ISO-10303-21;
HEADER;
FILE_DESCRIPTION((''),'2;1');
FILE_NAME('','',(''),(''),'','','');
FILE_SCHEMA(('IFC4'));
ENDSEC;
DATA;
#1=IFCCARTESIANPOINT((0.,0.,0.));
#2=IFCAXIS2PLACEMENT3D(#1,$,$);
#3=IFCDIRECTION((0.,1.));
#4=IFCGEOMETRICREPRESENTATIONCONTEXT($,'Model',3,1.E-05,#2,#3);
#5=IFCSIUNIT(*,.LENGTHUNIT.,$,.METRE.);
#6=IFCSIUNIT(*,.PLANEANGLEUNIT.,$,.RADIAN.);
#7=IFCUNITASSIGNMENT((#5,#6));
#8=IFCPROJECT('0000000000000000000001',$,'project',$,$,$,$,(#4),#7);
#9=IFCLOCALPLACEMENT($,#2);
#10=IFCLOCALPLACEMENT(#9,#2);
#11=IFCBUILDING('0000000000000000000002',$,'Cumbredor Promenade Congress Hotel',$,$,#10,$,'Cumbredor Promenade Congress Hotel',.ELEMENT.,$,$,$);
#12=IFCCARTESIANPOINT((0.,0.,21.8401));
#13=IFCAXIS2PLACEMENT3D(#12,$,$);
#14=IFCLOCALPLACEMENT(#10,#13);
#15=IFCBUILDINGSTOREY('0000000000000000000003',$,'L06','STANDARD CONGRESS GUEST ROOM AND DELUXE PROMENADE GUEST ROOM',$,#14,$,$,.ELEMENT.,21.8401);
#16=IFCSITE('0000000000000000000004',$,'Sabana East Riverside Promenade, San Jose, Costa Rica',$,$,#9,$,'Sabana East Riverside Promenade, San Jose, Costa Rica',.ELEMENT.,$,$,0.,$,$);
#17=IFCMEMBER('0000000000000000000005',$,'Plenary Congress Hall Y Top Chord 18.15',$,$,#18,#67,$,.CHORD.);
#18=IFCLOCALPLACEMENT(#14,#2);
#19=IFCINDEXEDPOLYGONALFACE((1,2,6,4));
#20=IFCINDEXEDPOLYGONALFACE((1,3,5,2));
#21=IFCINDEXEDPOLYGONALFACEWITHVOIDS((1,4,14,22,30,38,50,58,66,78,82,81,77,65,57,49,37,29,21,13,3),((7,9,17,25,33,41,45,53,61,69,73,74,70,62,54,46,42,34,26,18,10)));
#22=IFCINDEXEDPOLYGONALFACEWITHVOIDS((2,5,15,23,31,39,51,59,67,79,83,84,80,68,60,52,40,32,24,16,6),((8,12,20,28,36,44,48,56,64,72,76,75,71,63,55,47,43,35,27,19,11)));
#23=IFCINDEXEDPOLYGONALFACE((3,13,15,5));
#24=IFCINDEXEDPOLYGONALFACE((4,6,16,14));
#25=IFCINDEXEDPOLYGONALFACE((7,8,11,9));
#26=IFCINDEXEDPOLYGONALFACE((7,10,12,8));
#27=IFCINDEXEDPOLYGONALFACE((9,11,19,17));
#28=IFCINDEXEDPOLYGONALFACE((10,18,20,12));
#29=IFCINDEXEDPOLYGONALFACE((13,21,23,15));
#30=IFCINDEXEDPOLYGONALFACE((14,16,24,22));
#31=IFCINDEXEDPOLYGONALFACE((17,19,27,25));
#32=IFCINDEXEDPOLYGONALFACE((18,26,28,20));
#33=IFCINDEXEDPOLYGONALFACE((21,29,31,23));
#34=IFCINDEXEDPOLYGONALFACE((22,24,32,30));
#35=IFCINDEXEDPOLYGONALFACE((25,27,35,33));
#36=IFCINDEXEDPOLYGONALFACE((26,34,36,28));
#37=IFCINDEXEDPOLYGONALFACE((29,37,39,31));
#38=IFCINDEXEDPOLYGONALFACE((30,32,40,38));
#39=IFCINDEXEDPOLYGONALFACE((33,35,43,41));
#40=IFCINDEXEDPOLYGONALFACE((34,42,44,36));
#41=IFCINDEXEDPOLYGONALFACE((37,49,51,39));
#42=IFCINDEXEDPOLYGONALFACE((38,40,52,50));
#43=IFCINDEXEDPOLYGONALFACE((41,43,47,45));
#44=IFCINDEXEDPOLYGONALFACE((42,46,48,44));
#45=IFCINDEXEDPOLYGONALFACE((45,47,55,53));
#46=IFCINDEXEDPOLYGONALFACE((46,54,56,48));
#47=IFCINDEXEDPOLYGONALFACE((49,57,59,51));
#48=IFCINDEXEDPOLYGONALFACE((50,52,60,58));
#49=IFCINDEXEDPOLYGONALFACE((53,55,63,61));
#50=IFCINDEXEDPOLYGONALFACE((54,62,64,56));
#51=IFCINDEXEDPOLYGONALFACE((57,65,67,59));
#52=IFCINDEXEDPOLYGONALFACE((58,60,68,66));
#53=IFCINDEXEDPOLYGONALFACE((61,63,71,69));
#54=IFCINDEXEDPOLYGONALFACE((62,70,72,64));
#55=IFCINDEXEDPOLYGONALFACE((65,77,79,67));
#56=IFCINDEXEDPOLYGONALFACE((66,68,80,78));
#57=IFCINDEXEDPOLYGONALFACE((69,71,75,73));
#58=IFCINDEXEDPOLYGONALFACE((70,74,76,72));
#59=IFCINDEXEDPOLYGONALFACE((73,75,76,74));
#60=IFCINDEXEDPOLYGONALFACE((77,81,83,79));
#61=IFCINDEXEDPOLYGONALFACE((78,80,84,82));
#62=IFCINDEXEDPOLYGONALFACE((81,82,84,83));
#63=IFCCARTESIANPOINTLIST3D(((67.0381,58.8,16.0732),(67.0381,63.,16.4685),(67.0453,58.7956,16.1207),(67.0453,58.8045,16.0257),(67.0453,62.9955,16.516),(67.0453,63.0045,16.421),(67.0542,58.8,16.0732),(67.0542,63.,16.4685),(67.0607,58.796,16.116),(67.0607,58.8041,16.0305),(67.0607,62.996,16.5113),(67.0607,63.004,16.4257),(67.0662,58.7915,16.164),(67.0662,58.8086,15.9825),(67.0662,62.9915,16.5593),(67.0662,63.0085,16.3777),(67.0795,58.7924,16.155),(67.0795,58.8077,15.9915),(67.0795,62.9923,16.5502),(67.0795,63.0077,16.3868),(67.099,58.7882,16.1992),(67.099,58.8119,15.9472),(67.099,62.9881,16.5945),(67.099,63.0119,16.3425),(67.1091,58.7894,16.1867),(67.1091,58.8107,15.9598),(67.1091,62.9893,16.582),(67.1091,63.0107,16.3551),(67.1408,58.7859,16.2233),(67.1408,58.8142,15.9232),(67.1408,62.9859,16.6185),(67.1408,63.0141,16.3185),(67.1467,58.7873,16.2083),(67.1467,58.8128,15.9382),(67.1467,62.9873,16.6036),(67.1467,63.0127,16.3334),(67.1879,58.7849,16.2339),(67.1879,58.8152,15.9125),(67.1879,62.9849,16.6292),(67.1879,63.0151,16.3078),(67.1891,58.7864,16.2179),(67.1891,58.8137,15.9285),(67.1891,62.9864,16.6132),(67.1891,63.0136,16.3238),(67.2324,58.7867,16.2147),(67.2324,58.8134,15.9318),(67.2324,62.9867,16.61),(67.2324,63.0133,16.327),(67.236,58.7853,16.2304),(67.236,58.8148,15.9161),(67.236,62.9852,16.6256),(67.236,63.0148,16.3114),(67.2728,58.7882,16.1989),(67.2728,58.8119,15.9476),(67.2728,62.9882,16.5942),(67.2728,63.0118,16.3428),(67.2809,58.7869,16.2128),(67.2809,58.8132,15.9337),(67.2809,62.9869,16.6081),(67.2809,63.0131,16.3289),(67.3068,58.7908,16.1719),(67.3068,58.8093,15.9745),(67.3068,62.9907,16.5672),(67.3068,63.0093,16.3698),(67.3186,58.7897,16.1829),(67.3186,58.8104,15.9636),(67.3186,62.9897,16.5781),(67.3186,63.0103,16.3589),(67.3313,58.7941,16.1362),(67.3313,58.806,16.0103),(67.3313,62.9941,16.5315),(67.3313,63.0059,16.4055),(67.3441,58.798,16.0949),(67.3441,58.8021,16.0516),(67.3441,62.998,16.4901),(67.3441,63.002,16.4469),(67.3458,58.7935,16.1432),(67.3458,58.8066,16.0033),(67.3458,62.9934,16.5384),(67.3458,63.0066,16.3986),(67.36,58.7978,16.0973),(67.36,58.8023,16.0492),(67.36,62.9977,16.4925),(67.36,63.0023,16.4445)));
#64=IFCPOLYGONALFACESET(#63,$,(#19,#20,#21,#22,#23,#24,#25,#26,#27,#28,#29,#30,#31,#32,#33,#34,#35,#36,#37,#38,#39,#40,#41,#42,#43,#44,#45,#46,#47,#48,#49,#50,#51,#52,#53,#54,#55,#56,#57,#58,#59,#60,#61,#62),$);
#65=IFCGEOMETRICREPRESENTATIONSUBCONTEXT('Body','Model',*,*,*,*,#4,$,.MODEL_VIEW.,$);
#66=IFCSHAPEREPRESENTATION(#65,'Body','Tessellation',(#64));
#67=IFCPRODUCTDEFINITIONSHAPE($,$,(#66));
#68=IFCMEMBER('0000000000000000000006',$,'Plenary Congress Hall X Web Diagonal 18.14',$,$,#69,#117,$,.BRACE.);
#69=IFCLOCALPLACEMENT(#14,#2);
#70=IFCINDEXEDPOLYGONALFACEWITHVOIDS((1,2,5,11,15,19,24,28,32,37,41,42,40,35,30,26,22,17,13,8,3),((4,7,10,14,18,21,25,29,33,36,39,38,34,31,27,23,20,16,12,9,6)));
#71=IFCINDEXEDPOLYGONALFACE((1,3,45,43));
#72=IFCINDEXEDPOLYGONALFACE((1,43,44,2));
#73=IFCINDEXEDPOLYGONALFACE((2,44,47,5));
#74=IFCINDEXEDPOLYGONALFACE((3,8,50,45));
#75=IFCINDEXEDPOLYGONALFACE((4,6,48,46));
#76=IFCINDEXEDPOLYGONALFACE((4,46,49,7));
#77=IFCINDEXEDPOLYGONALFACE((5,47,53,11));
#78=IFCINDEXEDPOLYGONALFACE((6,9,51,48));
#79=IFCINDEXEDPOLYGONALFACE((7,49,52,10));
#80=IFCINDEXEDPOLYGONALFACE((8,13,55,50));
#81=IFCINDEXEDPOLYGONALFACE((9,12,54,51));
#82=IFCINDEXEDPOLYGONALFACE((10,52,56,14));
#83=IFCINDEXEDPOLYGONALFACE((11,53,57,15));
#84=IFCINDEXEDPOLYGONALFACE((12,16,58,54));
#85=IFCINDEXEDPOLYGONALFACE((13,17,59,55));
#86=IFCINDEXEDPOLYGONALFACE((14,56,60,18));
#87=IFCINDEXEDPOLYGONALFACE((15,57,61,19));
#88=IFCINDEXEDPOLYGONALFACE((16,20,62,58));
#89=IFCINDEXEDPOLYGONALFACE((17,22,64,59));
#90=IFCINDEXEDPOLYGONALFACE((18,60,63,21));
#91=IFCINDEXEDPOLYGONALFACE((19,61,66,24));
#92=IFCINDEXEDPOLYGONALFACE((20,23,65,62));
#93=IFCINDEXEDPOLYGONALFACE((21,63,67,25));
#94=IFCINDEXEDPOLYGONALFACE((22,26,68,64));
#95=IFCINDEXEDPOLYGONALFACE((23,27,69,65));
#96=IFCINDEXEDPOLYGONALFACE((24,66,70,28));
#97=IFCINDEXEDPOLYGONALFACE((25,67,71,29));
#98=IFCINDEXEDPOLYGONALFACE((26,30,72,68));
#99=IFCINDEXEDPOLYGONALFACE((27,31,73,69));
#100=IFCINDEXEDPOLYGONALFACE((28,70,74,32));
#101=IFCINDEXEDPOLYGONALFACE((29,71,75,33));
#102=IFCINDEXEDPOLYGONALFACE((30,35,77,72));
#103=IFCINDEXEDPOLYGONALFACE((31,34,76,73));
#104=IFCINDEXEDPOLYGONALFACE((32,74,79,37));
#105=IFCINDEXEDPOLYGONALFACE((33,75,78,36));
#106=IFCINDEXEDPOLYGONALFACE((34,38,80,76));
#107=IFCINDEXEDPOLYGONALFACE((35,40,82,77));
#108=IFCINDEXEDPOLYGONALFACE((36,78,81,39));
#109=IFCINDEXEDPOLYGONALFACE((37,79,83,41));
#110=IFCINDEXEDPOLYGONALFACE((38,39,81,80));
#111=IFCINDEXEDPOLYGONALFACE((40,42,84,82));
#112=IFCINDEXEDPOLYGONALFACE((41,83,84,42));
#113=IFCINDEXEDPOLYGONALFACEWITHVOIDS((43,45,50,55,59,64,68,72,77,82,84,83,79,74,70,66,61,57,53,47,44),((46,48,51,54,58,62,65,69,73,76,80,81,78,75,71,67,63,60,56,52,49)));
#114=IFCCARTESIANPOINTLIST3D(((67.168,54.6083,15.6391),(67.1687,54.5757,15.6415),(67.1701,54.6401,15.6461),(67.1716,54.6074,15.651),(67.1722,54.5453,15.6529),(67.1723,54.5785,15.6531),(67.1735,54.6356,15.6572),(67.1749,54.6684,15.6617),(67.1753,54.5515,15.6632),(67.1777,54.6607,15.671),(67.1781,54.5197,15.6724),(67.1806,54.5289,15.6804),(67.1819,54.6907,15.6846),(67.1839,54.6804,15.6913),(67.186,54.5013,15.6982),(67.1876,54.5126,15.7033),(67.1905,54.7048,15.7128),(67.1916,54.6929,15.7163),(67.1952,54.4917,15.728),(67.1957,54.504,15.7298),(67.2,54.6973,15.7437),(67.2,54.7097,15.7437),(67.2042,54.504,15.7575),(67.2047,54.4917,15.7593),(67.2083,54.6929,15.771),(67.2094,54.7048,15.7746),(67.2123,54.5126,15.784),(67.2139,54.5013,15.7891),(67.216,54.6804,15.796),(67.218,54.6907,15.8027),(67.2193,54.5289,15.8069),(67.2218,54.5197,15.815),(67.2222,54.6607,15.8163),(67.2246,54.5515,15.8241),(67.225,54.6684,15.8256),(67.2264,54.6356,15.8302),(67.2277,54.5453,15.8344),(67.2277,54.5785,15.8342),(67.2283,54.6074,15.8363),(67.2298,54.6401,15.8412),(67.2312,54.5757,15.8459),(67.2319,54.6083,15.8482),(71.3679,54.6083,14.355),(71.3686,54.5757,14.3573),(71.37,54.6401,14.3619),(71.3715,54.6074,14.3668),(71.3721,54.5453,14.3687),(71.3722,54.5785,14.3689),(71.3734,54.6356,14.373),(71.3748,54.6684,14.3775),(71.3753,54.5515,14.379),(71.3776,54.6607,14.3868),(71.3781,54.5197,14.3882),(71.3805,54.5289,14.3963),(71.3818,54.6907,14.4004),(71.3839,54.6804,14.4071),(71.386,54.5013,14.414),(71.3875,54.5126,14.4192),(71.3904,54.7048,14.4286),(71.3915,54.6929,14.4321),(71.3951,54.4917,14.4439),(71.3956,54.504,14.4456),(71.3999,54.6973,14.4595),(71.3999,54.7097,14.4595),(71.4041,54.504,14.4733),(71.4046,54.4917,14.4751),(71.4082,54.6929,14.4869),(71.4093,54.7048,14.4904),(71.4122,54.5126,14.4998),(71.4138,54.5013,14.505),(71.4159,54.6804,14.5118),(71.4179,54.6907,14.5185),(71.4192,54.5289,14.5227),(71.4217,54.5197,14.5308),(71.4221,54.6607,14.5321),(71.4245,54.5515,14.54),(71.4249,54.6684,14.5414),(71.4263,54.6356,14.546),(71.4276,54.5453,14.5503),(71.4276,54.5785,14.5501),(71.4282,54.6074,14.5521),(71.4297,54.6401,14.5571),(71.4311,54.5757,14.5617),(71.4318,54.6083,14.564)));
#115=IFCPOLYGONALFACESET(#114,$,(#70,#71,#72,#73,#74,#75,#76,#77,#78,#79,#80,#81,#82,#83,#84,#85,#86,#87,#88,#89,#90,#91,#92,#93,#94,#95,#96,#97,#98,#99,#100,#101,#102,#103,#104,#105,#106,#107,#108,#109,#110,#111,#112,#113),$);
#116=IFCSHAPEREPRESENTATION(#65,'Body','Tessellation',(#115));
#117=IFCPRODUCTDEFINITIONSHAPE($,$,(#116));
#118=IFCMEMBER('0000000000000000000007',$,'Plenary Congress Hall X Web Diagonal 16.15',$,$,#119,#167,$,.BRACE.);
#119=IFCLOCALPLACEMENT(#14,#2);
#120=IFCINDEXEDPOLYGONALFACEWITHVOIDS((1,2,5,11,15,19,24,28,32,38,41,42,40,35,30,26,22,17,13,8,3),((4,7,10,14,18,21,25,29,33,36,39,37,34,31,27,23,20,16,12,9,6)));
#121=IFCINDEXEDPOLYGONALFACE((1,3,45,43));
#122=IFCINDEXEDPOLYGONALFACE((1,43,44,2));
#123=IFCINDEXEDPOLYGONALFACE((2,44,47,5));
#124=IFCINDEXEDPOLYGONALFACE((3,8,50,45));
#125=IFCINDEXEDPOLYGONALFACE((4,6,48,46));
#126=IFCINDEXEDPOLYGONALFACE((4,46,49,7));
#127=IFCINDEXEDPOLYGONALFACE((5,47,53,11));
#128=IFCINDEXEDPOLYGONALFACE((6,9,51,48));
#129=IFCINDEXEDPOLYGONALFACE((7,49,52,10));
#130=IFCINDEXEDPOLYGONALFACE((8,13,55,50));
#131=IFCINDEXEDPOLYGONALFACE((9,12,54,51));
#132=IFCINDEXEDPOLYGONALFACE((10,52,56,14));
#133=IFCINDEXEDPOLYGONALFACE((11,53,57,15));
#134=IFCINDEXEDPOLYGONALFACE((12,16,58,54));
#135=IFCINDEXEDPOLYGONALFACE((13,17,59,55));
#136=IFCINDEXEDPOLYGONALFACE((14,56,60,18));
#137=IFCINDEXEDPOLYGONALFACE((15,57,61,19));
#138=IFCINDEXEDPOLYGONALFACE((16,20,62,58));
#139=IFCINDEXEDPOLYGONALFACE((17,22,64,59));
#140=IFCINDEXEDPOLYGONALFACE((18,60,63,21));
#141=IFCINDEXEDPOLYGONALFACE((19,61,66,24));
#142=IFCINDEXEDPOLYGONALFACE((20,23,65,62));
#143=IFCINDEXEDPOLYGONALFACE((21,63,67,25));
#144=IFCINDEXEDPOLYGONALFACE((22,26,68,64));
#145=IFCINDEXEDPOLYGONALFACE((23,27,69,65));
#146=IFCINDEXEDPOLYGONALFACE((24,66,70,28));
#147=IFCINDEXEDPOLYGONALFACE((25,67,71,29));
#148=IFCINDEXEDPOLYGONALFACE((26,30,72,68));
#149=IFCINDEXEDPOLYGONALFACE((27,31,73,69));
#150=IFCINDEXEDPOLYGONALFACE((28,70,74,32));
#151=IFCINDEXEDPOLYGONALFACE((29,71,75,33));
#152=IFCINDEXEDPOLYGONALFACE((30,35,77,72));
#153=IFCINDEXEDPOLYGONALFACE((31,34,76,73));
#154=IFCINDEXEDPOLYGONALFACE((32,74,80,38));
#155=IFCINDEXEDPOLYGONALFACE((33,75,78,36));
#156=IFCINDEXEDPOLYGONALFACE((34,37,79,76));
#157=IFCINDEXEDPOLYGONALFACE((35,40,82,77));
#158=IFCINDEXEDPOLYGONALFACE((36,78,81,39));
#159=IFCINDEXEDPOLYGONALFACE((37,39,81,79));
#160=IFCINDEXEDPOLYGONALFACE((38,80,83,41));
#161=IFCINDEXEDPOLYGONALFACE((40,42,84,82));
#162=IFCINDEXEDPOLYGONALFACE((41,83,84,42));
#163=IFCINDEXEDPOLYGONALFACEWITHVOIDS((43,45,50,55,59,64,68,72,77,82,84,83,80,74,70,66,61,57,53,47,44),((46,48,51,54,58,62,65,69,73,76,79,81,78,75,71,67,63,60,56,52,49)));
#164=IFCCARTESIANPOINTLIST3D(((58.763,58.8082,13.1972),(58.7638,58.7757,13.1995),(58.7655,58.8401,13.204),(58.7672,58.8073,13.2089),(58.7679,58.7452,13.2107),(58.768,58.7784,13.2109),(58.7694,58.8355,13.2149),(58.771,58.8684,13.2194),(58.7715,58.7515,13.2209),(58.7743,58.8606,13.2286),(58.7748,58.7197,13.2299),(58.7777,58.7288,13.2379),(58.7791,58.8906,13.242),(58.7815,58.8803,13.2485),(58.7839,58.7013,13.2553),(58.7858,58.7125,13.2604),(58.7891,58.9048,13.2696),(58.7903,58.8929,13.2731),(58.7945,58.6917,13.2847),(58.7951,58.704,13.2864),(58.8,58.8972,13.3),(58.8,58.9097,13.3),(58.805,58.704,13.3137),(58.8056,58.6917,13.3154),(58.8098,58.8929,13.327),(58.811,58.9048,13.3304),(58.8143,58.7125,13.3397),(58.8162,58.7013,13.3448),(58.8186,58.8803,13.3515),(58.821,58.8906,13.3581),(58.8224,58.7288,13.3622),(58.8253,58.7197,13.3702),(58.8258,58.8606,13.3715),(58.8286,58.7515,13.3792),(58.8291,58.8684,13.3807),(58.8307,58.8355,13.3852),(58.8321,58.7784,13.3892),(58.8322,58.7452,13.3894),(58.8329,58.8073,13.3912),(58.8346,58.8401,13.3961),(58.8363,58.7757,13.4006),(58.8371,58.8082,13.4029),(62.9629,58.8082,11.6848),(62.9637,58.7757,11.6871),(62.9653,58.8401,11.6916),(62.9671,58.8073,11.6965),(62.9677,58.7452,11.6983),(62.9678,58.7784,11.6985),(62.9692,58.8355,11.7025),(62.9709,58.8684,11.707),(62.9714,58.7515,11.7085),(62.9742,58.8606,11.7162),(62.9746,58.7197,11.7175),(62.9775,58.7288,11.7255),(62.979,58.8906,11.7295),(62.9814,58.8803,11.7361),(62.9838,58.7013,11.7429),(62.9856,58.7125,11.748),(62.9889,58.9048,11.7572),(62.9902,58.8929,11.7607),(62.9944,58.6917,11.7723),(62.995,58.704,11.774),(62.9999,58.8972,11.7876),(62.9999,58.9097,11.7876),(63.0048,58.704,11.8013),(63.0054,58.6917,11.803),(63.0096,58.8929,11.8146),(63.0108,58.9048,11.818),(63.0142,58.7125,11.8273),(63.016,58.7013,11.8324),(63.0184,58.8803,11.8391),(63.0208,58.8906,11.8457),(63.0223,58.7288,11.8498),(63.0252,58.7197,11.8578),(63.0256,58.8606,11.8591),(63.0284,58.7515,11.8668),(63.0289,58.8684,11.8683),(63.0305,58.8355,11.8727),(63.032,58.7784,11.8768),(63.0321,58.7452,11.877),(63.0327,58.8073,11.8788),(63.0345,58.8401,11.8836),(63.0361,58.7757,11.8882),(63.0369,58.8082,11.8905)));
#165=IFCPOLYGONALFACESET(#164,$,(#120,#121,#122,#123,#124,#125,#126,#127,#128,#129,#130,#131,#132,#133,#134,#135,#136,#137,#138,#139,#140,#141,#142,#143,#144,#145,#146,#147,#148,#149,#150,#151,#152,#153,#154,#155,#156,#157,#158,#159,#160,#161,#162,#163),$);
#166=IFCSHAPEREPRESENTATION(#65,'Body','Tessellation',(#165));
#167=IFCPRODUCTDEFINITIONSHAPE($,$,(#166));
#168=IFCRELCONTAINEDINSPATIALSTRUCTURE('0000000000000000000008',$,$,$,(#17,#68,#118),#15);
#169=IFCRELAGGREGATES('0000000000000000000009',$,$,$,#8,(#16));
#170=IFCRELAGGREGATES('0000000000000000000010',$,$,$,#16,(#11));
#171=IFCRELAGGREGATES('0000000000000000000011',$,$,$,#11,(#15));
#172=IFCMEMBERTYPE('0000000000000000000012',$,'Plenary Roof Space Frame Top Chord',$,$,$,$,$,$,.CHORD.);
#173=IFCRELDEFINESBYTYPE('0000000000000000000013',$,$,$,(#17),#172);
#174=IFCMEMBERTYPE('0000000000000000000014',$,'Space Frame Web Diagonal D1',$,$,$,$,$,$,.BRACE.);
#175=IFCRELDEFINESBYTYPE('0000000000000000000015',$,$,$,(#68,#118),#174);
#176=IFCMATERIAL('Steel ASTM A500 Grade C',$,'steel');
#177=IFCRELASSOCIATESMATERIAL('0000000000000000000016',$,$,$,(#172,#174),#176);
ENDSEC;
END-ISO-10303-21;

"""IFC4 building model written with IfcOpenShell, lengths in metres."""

from ifc_helpers import new_model, si_unit, direction, frame, origin, origin_2d, place, context, subcontext, project, spatial, hollow_circle, extrude, material, material_profile, profile_set, type_object, element, save


model = new_model("IFC4")

# Units and contexts
model_context = context("Model", 3, precision=1e-05, world=origin(), true_north=direction((0.0, 1.0)))
body_context = subcontext(model_context, "Body", "Model", "MODEL_VIEW")
ifc_project = project(units=[si_unit("LENGTHUNIT", "METRE"), si_unit("PLANEANGLEUNIT", "RADIAN")], contexts=[model_context])

# Site, building, storey
site_placement = place(None, origin())
site = spatial("IfcSite", under=ifc_project, at=site_placement, Name="Sabana East Riverside Promenade, San Jose, Costa Rica", LongName="Sabana East Riverside Promenade, San Jose, Costa Rica", CompositionType="ELEMENT", RefElevation=0.0)
building_placement = place(site_placement, origin())
building = spatial("IfcBuilding", under=site, at=building_placement, Name="Cumbredor Promenade Congress Hotel", LongName="Cumbredor Promenade Congress Hotel", CompositionType="ELEMENT")
storey_placement = place(building_placement, frame((0.0, 0.0, 21.8401)))
storey = spatial("IfcBuildingStorey", under=building, at=storey_placement, Name="L06", Description="STANDARD CONGRESS GUEST ROOM AND DELUXE PROMENADE GUEST ROOM", CompositionType="ELEMENT", Elevation=21.8401)

# Members
ifc_material_1 = material(Name="Steel ASTM A500 Grade C", Category="steel")
ifc_material_profile_1 = material_profile(ifc_material_1, hollow_circle(Radius=0.1619, WallThickness=0.0161, at=origin_2d()), Name="CHS 323.9x16")
ifc_profile_set_1 = profile_set([ifc_material_profile_1], Name="Steel ASTM A500 Grade C")
member_type_1 = type_object("IfcMemberType", Name="Plenary Roof Space Frame Top Chord", PredefinedType="CHORD", material=ifc_profile_set_1)
member_1_placement = place(storey_placement, frame((67.2, 58.8, 16.0732), z_axis=(0.0, 0.995601, 0.093697), x_axis=(-1.0, 0.0, 0.0)))
element("IfcMember", 1, at=member_1_placement, inside=storey, type_object=member_type_1, Name="Plenary Congress Hall Y Top Chord 18.15", PredefinedType="CHORD", context=body_context, shape_type="SweptSolid", body=[
    extrude(hollow_circle(Radius=0.1619, WallThickness=0.0161, at=origin_2d()), origin(), (0.0, 0.0, 1.0), 4.2185),
])
ifc_material_profile_2 = material_profile(ifc_material_1, hollow_circle(Radius=0.1096, WallThickness=0.0125, at=origin_2d()), Name="CHS 219.1x12.5")
ifc_profile_set_2 = profile_set([ifc_material_profile_2], Name="Steel ASTM A500 Grade C")
member_type_2 = type_object("IfcMemberType", Name="Space Frame Web Diagonal D1", PredefinedType="BRACE", material=ifc_profile_set_2)
member_2_placement = place(storey_placement, frame((67.2, 54.6001, 15.7437), z_axis=(0.956297, 0.0, -0.292398), x_axis=(0.0, 1.0, 0.0)))
element("IfcMember", 2, at=member_2_placement, inside=storey, type_object=member_type_2, Name="Plenary Congress Hall X Web Diagonal 18.14", PredefinedType="BRACE", context=body_context, shape_type="SweptSolid", body=[
    extrude(hollow_circle(Radius=0.1096, WallThickness=0.0125, at=origin_2d()), origin(), (0.0, 0.0, 1.0), 4.3918),
])
member_3_placement = place(storey_placement, frame((58.8, 58.8, 13.3), z_axis=(0.940854, 0.0, -0.338812), x_axis=(0.0, 1.0, 0.0)))
element("IfcMember", 3, at=member_3_placement, inside=storey, type_object=member_type_2, Name="Plenary Congress Hall X Web Diagonal 16.15", PredefinedType="BRACE", context=body_context, shape_type="SweptSolid", body=[
    extrude(hollow_circle(Radius=0.1096, WallThickness=0.0125, at=origin_2d()), origin(), (0.0, 0.0, 1.0), 4.4639),
])

save(model, "model.ifc")
